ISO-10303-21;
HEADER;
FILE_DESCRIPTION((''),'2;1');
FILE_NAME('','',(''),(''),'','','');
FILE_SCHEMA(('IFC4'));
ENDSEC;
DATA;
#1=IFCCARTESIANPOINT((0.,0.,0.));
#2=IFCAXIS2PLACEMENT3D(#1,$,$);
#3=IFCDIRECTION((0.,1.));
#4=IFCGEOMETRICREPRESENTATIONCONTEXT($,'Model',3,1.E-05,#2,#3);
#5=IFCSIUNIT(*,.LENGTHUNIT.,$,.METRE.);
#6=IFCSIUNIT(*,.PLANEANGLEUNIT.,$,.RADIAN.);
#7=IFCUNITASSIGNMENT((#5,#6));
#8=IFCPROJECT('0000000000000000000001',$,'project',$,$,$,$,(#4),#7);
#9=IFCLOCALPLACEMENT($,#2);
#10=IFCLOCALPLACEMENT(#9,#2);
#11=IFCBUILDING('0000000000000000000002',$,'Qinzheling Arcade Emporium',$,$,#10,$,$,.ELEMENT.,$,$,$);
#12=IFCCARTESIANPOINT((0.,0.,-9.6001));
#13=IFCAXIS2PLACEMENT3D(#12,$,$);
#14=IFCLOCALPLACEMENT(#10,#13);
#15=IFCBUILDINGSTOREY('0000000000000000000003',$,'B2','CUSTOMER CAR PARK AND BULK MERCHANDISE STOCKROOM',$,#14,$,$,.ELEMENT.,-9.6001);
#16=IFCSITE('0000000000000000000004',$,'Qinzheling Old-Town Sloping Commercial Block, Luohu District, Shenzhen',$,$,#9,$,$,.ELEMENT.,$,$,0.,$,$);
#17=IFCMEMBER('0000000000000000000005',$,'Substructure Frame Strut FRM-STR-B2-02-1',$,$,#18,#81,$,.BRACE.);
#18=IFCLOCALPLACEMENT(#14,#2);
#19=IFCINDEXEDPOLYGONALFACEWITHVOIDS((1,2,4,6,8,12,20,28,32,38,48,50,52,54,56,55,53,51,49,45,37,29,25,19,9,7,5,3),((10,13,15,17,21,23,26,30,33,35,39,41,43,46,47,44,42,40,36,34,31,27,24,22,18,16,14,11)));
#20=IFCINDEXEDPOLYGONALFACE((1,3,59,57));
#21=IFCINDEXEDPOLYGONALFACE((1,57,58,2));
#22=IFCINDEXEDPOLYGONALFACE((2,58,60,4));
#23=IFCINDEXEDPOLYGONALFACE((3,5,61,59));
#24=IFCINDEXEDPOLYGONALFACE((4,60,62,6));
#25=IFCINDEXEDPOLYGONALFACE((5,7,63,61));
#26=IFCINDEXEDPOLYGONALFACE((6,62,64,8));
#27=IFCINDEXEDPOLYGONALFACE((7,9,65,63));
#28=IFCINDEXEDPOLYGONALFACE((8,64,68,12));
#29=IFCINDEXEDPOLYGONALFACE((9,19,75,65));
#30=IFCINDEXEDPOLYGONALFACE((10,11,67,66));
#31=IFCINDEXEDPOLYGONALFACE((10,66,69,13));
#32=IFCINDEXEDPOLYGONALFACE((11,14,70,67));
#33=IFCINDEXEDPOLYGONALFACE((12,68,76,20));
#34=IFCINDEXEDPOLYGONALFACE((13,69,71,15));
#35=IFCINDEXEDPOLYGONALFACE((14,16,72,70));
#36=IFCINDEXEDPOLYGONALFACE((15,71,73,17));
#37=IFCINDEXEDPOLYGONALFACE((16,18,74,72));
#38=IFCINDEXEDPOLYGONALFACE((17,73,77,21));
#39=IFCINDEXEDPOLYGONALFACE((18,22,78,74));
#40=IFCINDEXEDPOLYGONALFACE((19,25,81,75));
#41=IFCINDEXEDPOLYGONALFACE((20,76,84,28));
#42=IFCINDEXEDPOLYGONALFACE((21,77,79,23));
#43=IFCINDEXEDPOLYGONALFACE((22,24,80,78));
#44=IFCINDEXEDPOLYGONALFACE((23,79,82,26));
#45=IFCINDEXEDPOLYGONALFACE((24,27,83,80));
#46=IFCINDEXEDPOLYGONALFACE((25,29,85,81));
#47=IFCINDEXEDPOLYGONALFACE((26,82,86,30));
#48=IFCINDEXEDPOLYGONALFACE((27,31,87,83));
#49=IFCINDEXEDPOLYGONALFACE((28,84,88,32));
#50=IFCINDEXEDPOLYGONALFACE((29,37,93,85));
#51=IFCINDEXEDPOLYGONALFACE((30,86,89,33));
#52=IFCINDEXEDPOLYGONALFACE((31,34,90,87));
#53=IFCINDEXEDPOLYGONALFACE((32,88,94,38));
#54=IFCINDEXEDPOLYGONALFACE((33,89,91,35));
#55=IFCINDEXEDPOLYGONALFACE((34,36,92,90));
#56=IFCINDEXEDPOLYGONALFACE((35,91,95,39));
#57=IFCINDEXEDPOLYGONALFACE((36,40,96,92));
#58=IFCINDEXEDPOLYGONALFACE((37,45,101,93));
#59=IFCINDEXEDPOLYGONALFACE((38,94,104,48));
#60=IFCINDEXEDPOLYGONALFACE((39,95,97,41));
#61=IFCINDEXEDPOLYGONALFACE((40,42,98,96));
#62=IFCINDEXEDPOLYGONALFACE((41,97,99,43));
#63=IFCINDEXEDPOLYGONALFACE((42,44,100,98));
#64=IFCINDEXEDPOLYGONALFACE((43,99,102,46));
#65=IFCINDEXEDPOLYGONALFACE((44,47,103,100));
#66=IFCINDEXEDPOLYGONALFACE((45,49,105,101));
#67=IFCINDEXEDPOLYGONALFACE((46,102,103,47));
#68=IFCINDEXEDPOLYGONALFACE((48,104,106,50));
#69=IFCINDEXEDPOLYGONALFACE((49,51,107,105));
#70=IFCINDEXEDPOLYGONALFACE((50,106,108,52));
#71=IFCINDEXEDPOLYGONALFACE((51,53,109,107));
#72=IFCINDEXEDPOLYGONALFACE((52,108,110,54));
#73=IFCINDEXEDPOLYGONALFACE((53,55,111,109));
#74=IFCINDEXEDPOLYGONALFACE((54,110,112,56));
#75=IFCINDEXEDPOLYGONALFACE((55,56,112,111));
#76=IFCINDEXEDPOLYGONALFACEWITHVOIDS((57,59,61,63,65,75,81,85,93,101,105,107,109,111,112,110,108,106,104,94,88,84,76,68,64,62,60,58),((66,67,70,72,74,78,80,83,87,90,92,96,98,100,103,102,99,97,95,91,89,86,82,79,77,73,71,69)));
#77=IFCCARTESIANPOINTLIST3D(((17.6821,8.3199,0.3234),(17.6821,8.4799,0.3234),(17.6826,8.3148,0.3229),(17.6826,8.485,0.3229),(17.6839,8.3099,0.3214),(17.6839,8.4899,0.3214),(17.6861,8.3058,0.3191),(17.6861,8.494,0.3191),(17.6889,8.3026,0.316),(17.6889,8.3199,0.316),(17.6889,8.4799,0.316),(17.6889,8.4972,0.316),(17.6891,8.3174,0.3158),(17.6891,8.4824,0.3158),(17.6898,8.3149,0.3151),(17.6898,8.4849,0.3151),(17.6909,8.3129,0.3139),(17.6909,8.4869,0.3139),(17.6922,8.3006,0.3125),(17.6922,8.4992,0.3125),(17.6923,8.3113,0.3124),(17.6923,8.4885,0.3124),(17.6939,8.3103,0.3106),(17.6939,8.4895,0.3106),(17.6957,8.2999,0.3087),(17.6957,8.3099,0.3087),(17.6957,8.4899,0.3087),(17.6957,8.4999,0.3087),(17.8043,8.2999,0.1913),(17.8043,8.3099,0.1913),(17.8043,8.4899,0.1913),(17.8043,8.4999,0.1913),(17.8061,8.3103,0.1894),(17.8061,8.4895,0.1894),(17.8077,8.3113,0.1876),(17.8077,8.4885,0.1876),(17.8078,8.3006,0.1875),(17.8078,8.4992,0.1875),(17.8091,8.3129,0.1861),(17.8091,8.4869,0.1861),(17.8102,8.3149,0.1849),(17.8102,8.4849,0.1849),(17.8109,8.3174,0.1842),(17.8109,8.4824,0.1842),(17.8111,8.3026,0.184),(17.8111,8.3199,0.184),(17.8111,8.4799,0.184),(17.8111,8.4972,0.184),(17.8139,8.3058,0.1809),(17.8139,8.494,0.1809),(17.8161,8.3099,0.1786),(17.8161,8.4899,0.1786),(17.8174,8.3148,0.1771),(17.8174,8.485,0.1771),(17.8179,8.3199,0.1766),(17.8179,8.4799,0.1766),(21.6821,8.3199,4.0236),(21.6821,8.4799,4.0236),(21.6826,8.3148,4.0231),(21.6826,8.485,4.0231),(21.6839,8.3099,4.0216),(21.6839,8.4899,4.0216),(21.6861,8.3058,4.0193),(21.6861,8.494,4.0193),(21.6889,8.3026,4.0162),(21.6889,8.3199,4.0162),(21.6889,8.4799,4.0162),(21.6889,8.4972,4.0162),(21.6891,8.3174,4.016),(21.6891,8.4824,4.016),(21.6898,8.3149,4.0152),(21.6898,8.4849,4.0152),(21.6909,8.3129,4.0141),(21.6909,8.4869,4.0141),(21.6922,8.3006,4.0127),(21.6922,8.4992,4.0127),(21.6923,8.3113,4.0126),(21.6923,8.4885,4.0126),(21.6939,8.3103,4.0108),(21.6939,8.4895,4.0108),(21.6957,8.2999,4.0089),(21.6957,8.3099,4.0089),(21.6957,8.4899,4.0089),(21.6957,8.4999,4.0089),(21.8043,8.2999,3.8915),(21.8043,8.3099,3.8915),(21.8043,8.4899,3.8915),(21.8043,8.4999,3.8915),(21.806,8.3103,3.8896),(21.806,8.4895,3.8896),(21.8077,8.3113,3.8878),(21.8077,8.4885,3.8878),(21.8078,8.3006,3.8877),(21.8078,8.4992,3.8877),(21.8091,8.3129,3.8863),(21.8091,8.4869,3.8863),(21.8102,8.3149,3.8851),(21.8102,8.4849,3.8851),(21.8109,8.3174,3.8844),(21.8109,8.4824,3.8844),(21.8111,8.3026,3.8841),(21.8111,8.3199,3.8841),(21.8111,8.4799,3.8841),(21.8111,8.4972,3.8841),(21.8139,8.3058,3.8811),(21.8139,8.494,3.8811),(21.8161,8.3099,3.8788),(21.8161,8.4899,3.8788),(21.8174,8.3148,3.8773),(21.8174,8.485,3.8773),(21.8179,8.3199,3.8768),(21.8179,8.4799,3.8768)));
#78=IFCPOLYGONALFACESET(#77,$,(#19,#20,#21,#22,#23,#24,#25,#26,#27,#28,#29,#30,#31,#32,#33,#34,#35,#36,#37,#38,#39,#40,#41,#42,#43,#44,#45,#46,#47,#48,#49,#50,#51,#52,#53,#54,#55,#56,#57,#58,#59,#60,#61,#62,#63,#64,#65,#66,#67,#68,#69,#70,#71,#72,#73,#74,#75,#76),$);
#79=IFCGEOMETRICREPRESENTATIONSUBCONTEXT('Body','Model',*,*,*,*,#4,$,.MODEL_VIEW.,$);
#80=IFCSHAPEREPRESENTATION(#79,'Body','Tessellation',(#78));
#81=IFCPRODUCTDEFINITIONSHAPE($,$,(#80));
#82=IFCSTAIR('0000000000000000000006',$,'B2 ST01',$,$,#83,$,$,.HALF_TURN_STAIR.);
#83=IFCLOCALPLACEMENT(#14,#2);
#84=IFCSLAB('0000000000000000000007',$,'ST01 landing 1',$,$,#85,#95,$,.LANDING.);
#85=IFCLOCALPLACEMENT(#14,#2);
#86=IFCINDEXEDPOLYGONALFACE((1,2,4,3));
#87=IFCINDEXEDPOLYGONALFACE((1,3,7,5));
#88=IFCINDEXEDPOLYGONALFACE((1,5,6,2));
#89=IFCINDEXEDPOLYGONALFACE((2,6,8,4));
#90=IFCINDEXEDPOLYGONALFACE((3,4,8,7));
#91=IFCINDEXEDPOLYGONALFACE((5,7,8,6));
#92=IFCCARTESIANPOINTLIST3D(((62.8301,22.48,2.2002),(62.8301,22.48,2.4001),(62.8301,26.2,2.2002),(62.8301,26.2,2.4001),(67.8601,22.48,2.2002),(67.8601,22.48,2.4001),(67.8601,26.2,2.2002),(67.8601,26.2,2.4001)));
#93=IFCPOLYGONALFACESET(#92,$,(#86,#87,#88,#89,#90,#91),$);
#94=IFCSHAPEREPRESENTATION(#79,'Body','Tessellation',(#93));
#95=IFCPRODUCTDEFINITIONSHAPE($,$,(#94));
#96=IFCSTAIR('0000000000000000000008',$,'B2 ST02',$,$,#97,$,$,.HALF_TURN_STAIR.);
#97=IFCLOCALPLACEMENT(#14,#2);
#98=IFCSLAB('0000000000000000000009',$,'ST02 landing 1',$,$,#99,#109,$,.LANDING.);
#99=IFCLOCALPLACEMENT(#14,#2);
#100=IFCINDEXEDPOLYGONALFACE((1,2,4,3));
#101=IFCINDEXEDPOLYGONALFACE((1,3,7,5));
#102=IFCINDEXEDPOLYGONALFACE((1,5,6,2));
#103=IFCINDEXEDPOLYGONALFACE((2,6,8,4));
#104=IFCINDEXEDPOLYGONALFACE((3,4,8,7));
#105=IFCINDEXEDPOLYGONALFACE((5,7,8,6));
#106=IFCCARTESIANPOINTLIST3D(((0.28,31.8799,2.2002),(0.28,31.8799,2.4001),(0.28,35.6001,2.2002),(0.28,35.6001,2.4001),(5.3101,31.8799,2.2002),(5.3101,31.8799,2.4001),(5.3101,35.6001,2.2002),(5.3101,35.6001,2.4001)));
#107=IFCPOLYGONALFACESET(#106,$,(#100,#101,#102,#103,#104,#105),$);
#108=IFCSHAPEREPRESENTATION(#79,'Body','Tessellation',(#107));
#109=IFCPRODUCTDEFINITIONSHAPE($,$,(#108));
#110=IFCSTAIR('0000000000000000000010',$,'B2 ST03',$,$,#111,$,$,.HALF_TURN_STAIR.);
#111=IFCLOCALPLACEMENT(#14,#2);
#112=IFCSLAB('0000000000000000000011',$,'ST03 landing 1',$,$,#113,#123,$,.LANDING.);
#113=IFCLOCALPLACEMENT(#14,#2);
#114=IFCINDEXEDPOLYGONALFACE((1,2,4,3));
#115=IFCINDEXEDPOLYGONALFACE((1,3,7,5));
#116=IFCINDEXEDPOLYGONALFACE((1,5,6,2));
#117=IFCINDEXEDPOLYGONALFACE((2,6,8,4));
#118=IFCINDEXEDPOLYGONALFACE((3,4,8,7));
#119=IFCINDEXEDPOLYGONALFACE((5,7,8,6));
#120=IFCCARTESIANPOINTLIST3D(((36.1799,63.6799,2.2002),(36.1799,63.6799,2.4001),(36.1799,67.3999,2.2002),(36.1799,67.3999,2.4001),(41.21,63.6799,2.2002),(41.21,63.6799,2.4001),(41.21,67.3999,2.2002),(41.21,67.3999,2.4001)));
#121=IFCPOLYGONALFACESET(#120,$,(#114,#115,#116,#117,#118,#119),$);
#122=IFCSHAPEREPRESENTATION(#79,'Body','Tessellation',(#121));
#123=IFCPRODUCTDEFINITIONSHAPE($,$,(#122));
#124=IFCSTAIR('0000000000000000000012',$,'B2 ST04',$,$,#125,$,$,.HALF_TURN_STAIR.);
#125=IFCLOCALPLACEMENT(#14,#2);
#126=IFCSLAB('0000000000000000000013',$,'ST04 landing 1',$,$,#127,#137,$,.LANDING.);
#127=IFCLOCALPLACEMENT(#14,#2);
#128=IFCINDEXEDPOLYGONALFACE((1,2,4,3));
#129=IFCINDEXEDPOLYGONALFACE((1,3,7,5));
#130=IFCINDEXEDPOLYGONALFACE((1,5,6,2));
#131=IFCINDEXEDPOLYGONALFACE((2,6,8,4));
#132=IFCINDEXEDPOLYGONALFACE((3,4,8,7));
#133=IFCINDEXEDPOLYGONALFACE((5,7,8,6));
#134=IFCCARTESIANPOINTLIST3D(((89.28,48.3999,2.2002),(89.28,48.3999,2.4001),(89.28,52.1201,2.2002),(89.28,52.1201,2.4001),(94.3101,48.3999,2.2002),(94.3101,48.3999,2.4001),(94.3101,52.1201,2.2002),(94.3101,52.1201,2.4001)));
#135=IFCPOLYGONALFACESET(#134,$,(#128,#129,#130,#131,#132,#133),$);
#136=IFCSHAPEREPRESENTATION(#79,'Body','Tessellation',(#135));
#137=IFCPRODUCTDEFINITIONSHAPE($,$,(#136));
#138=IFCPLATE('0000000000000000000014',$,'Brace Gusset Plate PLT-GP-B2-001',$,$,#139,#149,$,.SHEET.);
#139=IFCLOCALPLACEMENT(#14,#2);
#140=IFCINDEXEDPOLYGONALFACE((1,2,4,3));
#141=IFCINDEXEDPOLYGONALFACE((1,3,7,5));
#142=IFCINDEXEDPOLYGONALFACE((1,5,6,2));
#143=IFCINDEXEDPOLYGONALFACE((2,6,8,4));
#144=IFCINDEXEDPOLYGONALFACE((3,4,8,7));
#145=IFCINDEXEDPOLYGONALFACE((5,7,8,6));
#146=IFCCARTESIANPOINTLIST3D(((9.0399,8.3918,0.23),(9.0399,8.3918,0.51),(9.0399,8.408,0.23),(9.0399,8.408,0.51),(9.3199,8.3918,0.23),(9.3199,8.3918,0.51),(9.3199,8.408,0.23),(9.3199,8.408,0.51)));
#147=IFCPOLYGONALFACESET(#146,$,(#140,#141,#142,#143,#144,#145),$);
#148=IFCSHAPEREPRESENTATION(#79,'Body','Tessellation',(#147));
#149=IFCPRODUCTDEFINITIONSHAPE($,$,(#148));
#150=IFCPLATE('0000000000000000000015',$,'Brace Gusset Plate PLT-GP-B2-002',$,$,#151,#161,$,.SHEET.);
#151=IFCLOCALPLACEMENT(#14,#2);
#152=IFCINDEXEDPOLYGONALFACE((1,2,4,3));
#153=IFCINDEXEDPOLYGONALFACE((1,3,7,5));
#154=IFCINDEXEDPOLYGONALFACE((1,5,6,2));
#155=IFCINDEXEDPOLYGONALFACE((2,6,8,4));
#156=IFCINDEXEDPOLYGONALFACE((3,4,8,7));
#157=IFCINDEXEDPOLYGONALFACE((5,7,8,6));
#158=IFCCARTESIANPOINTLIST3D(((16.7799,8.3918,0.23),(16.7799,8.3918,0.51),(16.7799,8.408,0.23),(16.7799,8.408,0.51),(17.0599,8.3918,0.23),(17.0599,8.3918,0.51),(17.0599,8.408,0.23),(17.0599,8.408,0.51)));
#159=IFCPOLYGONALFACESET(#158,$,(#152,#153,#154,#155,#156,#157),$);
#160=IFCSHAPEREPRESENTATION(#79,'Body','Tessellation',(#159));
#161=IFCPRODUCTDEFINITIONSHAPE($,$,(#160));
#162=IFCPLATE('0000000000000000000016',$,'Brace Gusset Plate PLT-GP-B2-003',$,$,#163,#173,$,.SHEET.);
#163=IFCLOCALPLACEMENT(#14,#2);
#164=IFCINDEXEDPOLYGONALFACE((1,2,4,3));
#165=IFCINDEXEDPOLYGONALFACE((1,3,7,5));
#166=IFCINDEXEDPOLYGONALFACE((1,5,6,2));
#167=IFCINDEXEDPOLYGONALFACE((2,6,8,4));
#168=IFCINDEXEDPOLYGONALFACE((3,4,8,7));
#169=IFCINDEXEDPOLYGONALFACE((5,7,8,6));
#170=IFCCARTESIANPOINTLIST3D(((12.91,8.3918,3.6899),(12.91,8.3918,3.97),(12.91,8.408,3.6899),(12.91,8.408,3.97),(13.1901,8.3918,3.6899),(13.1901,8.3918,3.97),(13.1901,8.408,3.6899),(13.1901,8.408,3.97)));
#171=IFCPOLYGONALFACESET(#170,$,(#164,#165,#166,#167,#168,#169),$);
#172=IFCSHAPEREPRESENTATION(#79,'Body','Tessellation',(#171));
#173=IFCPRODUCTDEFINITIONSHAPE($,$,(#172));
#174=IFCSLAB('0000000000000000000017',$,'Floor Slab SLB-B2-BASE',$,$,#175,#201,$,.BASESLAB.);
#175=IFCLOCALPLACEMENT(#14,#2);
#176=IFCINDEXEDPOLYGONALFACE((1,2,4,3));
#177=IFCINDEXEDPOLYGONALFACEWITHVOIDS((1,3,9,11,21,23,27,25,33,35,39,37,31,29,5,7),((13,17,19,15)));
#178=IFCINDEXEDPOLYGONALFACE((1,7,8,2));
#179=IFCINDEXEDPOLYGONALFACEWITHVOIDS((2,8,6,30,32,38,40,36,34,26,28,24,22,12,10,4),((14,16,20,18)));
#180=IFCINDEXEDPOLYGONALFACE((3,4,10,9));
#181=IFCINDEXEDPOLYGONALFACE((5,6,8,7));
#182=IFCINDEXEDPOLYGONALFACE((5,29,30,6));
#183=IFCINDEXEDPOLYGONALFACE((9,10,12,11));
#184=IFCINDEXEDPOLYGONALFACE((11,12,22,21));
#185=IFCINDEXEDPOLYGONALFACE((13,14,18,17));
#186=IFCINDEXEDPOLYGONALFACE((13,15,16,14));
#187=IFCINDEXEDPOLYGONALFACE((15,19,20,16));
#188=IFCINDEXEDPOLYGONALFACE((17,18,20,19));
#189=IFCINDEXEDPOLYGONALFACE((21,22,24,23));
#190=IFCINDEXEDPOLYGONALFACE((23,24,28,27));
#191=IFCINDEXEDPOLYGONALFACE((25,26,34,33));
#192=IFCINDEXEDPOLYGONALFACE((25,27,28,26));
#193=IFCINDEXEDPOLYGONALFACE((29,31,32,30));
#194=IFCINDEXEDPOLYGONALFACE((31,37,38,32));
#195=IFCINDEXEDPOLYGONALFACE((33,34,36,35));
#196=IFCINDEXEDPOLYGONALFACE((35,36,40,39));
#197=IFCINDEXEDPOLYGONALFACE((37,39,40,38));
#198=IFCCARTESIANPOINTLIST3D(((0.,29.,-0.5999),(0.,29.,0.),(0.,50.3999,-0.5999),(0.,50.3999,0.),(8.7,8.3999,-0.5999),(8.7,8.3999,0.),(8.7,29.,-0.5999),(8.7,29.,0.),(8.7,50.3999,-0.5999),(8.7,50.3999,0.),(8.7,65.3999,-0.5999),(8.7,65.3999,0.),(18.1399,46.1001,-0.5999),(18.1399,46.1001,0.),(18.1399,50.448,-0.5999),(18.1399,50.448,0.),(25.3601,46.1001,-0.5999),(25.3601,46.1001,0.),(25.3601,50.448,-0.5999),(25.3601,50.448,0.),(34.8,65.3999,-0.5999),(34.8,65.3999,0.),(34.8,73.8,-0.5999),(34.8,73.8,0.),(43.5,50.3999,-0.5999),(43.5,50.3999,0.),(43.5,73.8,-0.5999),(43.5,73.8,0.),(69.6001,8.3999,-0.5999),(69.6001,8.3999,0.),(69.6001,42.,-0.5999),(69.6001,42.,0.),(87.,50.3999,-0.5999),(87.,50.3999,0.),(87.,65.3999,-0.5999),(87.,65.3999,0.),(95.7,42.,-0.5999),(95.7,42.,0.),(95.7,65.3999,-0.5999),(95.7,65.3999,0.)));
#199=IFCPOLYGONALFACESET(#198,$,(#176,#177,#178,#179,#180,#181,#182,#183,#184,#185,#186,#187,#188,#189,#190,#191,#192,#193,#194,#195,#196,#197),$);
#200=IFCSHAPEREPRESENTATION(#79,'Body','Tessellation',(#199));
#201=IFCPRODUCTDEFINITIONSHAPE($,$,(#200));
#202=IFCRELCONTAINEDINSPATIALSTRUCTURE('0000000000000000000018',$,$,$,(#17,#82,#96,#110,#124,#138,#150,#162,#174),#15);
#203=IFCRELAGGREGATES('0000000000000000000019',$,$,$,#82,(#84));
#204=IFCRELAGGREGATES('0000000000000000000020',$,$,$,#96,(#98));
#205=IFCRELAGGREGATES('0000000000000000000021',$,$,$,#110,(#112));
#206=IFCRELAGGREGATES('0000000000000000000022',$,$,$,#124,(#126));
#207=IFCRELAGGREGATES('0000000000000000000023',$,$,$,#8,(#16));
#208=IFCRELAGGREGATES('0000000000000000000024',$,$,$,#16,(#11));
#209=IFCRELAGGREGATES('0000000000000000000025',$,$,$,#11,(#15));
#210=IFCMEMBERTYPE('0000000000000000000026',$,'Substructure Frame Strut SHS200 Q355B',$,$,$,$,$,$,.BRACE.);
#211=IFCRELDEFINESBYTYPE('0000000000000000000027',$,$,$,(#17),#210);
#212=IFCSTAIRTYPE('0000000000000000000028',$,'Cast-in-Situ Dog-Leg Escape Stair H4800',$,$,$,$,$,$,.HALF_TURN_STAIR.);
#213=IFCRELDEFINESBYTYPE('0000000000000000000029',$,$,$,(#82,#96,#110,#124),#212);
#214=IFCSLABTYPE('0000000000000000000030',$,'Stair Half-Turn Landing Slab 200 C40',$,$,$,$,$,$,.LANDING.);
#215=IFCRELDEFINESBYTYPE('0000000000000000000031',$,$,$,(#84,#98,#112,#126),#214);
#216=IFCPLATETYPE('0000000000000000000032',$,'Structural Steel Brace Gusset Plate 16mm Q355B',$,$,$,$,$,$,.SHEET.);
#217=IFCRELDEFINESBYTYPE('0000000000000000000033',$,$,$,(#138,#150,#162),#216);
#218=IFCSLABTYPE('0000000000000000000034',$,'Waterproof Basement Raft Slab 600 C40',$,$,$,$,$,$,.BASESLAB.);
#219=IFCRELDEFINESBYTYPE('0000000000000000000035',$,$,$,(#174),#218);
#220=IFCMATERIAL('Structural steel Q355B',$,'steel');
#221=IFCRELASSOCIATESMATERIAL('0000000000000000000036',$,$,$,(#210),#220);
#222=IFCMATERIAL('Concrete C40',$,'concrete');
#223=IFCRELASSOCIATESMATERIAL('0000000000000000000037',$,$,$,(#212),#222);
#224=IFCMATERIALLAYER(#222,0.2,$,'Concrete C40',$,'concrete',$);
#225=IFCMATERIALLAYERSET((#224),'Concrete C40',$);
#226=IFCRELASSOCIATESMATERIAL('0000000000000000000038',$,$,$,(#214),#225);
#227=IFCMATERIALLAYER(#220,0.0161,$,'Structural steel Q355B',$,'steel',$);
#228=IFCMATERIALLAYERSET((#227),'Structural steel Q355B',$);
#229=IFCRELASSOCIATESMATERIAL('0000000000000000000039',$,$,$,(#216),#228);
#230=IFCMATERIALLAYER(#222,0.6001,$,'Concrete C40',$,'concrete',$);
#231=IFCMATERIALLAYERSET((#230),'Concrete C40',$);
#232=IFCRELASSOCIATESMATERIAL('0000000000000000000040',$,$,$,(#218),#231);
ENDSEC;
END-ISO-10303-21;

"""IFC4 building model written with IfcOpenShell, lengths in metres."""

from ifc_helpers import new_model, si_unit, direction, frame, origin, origin_2d, place, context, subcontext, project, spatial, polyline, rectangle, hollow_rectangle, outline, extrude, material, layer, layer_set, material_profile, profile_set, type_object, element, aggregate, save


model = new_model("IFC4")

# Units and contexts
model_context = context("Model", 3, precision=1e-05, world=origin(), true_north=direction((0.0, 1.0)))
body_context = subcontext(model_context, "Body", "Model", "MODEL_VIEW")
ifc_project = project(units=[si_unit("LENGTHUNIT", "METRE"), si_unit("PLANEANGLEUNIT", "RADIAN")], contexts=[model_context])

# Site, building, storey
site_placement = place(None, origin())
site = spatial("IfcSite", under=ifc_project, at=site_placement, Name="Qinzheling Old-Town Sloping Commercial Block, Luohu District, Shenzhen", CompositionType="ELEMENT", RefElevation=0.0)
building_placement = place(site_placement, origin())
building = spatial("IfcBuilding", under=site, at=building_placement, Name="Qinzheling Arcade Emporium", CompositionType="ELEMENT")
storey_placement = place(building_placement, frame((0.0, 0.0, -9.6001)))
storey = spatial("IfcBuildingStorey", under=building, at=storey_placement, Name="B2", Description="CUSTOMER CAR PARK AND BULK MERCHANDISE STOCKROOM", CompositionType="ELEMENT", Elevation=-9.6001)

# Shared definitions
ifc_material_1 = material(Name="Concrete C40", Category="concrete")

# Member
ifc_material_2 = material(Name="Structural steel Q355B", Category="steel")
ifc_material_profile_1 = material_profile(ifc_material_2, hollow_rectangle(XDim=0.2, YDim=0.2, WallThickness=0.01, InnerFilletRadius=0.01, OuterFilletRadius=0.02, at=origin_2d()), Name="SHS 200x200x10", Category="steel")
ifc_profile_set_1 = profile_set([ifc_material_profile_1], Name="Structural steel Q355B")
member_type = type_object("IfcMemberType", Name="Substructure Frame Strut SHS200 Q355B", PredefinedType="BRACE", material=ifc_profile_set_1)
for number, where, z_axis, x_axis, name in (
    (1, (17.75, 8.3999, 0.25), (0.734082, 0.0, 0.679061), (0.0, 1.0, 0.0), "Substructure Frame Strut FRM-STR-B2-02-1"),
):
    element("IfcMember", number, at=place(storey_placement, frame(where, z_axis=z_axis, x_axis=x_axis)), inside=storey, type_object=member_type, Name=name, PredefinedType="BRACE", context=body_context, shape_type="SweptSolid", body=[
        extrude(hollow_rectangle(XDim=0.2, YDim=0.2, WallThickness=0.01, InnerFilletRadius=0.01, OuterFilletRadius=0.02, at=origin_2d()), origin(), (0.0, 0.0, 1.0), 5.449),
    ])

# Stairs, slabs
stair_type = type_object("IfcStairType", Name="Cast-in-Situ Dog-Leg Escape Stair H4800", PredefinedType="HALF_TURN_STAIR", material=ifc_material_1)
stair_1_placement = place(storey_placement, origin())
stair_1 = element("IfcStair", 2, at=stair_1_placement, inside=storey, type_object=stair_type, Name="B2 ST01", PredefinedType="HALF_TURN_STAIR")
ifc_layer_1 = layer(ifc_material_1, 0.2, Name="Concrete C40", Category="concrete")
ifc_layer_set_1 = layer_set([ifc_layer_1], Name="Concrete C40")
slab_type_1 = type_object("IfcSlabType", Name="Stair Half-Turn Landing Slab 200 C40", PredefinedType="LANDING", material=ifc_layer_set_1)
slab_1_placement = place(storey_placement, frame((0.0, 0.0, 2.2002)))
slab_1 = element("IfcSlab", 3, at=slab_1_placement, type_object=slab_type_1, Name="ST01 landing 1", PredefinedType="LANDING", context=body_context, shape_type="SweptSolid", body=[
    extrude(outline(polyline([(62.8301, 26.2), (67.8601, 26.2), (67.8601, 22.48), (62.8301, 22.48), (62.8301, 26.2)])), origin(), (0.0, 0.0, 1.0), 0.2),
])
aggregate(stair_1, [slab_1])
stair_2_placement = place(storey_placement, origin())
stair_2 = element("IfcStair", 4, at=stair_2_placement, inside=storey, type_object=stair_type, Name="B2 ST02", PredefinedType="HALF_TURN_STAIR")
slab_2_placement = place(storey_placement, frame((0.0, 0.0, 2.2002)))
slab_2 = element("IfcSlab", 5, at=slab_2_placement, type_object=slab_type_1, Name="ST02 landing 1", PredefinedType="LANDING", context=body_context, shape_type="SweptSolid", body=[
    extrude(outline(polyline([(0.28, 35.6001), (5.3101, 35.6001), (5.3101, 31.8799), (0.28, 31.8799), (0.28, 35.6001)])), origin(), (0.0, 0.0, 1.0), 0.2),
])
aggregate(stair_2, [slab_2])
stair_3_placement = place(storey_placement, origin())
stair_3 = element("IfcStair", 6, at=stair_3_placement, inside=storey, type_object=stair_type, Name="B2 ST03", PredefinedType="HALF_TURN_STAIR")
slab_3_placement = place(storey_placement, frame((0.0, 0.0, 2.2002)))
slab_3 = element("IfcSlab", 7, at=slab_3_placement, type_object=slab_type_1, Name="ST03 landing 1", PredefinedType="LANDING", context=body_context, shape_type="SweptSolid", body=[
    extrude(outline(polyline([(36.1799, 67.3999), (41.21, 67.3999), (41.21, 63.6799), (36.1799, 63.6799), (36.1799, 67.3999)])), origin(), (0.0, 0.0, 1.0), 0.2),
])
aggregate(stair_3, [slab_3])
stair_4_placement = place(storey_placement, origin())
stair_4 = element("IfcStair", 8, at=stair_4_placement, inside=storey, type_object=stair_type, Name="B2 ST04", PredefinedType="HALF_TURN_STAIR")
slab_4_placement = place(storey_placement, frame((0.0, 0.0, 2.2002)))
slab_4 = element("IfcSlab", 9, at=slab_4_placement, type_object=slab_type_1, Name="ST04 landing 1", PredefinedType="LANDING", context=body_context, shape_type="SweptSolid", body=[
    extrude(outline(polyline([(94.3101, 48.3999), (89.28, 48.3999), (89.28, 52.1201), (94.3101, 52.1201), (94.3101, 48.3999)])), origin(), (0.0, 0.0, 1.0), 0.2),
])
aggregate(stair_4, [slab_4])

# Plates
ifc_layer_2 = layer(ifc_material_2, 0.0161, Name="Structural steel Q355B", Category="steel")
ifc_layer_set_2 = layer_set([ifc_layer_2], Name="Structural steel Q355B")
plate_type = type_object("IfcPlateType", Name="Structural Steel Brace Gusset Plate 16mm Q355B", PredefinedType="SHEET", material=ifc_layer_set_2)
for number, where, z_axis, x_axis, name in (
    (10, (9.1799, 8.3999, 0.23), (0.0, 0.0, 1.0), (1.0, 0.0, 0.0), "Brace Gusset Plate PLT-GP-B2-001"),
    (11, (16.9199, 8.3999, 0.23), (0.0, 0.0, 1.0), (1.0, 0.0, 0.0), "Brace Gusset Plate PLT-GP-B2-002"),
    (12, (13.05, 8.3999, 3.6899), (0.0, 0.0, 1.0), (1.0, 0.0, 0.0), "Brace Gusset Plate PLT-GP-B2-003"),
):
    element("IfcPlate", number, at=place(storey_placement, frame(where, z_axis=z_axis, x_axis=x_axis)), inside=storey, type_object=plate_type, Name=name, PredefinedType="SHEET", context=body_context, shape_type="SweptSolid", body=[
        extrude(rectangle(XDim=0.28, YDim=0.0161, at=origin_2d()), origin(), (0.0, 0.0, 1.0), 0.28),
    ])

# Slab
ifc_layer_3 = layer(ifc_material_1, 0.6001, Name="Concrete C40", Category="concrete")
ifc_layer_set_3 = layer_set([ifc_layer_3], Name="Concrete C40")
slab_type_2 = type_object("IfcSlabType", Name="Waterproof Basement Raft Slab 600 C40", PredefinedType="BASESLAB", material=ifc_layer_set_3)
slab_5_placement = place(storey_placement, frame((0.0, 0.0, -0.5999)))
element("IfcSlab", 13, at=slab_5_placement, inside=storey, type_object=slab_type_2, Name="Floor Slab SLB-B2-BASE", PredefinedType="BASESLAB", context=body_context, shape_type="SweptSolid", body=[
    extrude(outline(polyline([(8.7, 8.3999), (69.6001, 8.3999), (69.6001, 42.0), (95.7, 42.0), (95.7, 65.3999), (87.0, 65.3999), (87.0, 50.3999), (43.5, 50.3999), (43.5, 73.8), (34.8, 73.8), (34.8, 65.3999), (8.7, 65.3999), (8.7, 50.3999), (0.0, 50.3999), (0.0, 29.0), (8.7, 29.0), (8.7, 8.3999)]), holes=[polyline([(25.3601, 46.1001), (18.1399, 46.1001), (18.1399, 50.448), (25.3601, 50.448), (25.3601, 46.1001)])]), origin(), (0.0, 0.0, 1.0), 0.5999),
])

save(model, "model.ifc")
